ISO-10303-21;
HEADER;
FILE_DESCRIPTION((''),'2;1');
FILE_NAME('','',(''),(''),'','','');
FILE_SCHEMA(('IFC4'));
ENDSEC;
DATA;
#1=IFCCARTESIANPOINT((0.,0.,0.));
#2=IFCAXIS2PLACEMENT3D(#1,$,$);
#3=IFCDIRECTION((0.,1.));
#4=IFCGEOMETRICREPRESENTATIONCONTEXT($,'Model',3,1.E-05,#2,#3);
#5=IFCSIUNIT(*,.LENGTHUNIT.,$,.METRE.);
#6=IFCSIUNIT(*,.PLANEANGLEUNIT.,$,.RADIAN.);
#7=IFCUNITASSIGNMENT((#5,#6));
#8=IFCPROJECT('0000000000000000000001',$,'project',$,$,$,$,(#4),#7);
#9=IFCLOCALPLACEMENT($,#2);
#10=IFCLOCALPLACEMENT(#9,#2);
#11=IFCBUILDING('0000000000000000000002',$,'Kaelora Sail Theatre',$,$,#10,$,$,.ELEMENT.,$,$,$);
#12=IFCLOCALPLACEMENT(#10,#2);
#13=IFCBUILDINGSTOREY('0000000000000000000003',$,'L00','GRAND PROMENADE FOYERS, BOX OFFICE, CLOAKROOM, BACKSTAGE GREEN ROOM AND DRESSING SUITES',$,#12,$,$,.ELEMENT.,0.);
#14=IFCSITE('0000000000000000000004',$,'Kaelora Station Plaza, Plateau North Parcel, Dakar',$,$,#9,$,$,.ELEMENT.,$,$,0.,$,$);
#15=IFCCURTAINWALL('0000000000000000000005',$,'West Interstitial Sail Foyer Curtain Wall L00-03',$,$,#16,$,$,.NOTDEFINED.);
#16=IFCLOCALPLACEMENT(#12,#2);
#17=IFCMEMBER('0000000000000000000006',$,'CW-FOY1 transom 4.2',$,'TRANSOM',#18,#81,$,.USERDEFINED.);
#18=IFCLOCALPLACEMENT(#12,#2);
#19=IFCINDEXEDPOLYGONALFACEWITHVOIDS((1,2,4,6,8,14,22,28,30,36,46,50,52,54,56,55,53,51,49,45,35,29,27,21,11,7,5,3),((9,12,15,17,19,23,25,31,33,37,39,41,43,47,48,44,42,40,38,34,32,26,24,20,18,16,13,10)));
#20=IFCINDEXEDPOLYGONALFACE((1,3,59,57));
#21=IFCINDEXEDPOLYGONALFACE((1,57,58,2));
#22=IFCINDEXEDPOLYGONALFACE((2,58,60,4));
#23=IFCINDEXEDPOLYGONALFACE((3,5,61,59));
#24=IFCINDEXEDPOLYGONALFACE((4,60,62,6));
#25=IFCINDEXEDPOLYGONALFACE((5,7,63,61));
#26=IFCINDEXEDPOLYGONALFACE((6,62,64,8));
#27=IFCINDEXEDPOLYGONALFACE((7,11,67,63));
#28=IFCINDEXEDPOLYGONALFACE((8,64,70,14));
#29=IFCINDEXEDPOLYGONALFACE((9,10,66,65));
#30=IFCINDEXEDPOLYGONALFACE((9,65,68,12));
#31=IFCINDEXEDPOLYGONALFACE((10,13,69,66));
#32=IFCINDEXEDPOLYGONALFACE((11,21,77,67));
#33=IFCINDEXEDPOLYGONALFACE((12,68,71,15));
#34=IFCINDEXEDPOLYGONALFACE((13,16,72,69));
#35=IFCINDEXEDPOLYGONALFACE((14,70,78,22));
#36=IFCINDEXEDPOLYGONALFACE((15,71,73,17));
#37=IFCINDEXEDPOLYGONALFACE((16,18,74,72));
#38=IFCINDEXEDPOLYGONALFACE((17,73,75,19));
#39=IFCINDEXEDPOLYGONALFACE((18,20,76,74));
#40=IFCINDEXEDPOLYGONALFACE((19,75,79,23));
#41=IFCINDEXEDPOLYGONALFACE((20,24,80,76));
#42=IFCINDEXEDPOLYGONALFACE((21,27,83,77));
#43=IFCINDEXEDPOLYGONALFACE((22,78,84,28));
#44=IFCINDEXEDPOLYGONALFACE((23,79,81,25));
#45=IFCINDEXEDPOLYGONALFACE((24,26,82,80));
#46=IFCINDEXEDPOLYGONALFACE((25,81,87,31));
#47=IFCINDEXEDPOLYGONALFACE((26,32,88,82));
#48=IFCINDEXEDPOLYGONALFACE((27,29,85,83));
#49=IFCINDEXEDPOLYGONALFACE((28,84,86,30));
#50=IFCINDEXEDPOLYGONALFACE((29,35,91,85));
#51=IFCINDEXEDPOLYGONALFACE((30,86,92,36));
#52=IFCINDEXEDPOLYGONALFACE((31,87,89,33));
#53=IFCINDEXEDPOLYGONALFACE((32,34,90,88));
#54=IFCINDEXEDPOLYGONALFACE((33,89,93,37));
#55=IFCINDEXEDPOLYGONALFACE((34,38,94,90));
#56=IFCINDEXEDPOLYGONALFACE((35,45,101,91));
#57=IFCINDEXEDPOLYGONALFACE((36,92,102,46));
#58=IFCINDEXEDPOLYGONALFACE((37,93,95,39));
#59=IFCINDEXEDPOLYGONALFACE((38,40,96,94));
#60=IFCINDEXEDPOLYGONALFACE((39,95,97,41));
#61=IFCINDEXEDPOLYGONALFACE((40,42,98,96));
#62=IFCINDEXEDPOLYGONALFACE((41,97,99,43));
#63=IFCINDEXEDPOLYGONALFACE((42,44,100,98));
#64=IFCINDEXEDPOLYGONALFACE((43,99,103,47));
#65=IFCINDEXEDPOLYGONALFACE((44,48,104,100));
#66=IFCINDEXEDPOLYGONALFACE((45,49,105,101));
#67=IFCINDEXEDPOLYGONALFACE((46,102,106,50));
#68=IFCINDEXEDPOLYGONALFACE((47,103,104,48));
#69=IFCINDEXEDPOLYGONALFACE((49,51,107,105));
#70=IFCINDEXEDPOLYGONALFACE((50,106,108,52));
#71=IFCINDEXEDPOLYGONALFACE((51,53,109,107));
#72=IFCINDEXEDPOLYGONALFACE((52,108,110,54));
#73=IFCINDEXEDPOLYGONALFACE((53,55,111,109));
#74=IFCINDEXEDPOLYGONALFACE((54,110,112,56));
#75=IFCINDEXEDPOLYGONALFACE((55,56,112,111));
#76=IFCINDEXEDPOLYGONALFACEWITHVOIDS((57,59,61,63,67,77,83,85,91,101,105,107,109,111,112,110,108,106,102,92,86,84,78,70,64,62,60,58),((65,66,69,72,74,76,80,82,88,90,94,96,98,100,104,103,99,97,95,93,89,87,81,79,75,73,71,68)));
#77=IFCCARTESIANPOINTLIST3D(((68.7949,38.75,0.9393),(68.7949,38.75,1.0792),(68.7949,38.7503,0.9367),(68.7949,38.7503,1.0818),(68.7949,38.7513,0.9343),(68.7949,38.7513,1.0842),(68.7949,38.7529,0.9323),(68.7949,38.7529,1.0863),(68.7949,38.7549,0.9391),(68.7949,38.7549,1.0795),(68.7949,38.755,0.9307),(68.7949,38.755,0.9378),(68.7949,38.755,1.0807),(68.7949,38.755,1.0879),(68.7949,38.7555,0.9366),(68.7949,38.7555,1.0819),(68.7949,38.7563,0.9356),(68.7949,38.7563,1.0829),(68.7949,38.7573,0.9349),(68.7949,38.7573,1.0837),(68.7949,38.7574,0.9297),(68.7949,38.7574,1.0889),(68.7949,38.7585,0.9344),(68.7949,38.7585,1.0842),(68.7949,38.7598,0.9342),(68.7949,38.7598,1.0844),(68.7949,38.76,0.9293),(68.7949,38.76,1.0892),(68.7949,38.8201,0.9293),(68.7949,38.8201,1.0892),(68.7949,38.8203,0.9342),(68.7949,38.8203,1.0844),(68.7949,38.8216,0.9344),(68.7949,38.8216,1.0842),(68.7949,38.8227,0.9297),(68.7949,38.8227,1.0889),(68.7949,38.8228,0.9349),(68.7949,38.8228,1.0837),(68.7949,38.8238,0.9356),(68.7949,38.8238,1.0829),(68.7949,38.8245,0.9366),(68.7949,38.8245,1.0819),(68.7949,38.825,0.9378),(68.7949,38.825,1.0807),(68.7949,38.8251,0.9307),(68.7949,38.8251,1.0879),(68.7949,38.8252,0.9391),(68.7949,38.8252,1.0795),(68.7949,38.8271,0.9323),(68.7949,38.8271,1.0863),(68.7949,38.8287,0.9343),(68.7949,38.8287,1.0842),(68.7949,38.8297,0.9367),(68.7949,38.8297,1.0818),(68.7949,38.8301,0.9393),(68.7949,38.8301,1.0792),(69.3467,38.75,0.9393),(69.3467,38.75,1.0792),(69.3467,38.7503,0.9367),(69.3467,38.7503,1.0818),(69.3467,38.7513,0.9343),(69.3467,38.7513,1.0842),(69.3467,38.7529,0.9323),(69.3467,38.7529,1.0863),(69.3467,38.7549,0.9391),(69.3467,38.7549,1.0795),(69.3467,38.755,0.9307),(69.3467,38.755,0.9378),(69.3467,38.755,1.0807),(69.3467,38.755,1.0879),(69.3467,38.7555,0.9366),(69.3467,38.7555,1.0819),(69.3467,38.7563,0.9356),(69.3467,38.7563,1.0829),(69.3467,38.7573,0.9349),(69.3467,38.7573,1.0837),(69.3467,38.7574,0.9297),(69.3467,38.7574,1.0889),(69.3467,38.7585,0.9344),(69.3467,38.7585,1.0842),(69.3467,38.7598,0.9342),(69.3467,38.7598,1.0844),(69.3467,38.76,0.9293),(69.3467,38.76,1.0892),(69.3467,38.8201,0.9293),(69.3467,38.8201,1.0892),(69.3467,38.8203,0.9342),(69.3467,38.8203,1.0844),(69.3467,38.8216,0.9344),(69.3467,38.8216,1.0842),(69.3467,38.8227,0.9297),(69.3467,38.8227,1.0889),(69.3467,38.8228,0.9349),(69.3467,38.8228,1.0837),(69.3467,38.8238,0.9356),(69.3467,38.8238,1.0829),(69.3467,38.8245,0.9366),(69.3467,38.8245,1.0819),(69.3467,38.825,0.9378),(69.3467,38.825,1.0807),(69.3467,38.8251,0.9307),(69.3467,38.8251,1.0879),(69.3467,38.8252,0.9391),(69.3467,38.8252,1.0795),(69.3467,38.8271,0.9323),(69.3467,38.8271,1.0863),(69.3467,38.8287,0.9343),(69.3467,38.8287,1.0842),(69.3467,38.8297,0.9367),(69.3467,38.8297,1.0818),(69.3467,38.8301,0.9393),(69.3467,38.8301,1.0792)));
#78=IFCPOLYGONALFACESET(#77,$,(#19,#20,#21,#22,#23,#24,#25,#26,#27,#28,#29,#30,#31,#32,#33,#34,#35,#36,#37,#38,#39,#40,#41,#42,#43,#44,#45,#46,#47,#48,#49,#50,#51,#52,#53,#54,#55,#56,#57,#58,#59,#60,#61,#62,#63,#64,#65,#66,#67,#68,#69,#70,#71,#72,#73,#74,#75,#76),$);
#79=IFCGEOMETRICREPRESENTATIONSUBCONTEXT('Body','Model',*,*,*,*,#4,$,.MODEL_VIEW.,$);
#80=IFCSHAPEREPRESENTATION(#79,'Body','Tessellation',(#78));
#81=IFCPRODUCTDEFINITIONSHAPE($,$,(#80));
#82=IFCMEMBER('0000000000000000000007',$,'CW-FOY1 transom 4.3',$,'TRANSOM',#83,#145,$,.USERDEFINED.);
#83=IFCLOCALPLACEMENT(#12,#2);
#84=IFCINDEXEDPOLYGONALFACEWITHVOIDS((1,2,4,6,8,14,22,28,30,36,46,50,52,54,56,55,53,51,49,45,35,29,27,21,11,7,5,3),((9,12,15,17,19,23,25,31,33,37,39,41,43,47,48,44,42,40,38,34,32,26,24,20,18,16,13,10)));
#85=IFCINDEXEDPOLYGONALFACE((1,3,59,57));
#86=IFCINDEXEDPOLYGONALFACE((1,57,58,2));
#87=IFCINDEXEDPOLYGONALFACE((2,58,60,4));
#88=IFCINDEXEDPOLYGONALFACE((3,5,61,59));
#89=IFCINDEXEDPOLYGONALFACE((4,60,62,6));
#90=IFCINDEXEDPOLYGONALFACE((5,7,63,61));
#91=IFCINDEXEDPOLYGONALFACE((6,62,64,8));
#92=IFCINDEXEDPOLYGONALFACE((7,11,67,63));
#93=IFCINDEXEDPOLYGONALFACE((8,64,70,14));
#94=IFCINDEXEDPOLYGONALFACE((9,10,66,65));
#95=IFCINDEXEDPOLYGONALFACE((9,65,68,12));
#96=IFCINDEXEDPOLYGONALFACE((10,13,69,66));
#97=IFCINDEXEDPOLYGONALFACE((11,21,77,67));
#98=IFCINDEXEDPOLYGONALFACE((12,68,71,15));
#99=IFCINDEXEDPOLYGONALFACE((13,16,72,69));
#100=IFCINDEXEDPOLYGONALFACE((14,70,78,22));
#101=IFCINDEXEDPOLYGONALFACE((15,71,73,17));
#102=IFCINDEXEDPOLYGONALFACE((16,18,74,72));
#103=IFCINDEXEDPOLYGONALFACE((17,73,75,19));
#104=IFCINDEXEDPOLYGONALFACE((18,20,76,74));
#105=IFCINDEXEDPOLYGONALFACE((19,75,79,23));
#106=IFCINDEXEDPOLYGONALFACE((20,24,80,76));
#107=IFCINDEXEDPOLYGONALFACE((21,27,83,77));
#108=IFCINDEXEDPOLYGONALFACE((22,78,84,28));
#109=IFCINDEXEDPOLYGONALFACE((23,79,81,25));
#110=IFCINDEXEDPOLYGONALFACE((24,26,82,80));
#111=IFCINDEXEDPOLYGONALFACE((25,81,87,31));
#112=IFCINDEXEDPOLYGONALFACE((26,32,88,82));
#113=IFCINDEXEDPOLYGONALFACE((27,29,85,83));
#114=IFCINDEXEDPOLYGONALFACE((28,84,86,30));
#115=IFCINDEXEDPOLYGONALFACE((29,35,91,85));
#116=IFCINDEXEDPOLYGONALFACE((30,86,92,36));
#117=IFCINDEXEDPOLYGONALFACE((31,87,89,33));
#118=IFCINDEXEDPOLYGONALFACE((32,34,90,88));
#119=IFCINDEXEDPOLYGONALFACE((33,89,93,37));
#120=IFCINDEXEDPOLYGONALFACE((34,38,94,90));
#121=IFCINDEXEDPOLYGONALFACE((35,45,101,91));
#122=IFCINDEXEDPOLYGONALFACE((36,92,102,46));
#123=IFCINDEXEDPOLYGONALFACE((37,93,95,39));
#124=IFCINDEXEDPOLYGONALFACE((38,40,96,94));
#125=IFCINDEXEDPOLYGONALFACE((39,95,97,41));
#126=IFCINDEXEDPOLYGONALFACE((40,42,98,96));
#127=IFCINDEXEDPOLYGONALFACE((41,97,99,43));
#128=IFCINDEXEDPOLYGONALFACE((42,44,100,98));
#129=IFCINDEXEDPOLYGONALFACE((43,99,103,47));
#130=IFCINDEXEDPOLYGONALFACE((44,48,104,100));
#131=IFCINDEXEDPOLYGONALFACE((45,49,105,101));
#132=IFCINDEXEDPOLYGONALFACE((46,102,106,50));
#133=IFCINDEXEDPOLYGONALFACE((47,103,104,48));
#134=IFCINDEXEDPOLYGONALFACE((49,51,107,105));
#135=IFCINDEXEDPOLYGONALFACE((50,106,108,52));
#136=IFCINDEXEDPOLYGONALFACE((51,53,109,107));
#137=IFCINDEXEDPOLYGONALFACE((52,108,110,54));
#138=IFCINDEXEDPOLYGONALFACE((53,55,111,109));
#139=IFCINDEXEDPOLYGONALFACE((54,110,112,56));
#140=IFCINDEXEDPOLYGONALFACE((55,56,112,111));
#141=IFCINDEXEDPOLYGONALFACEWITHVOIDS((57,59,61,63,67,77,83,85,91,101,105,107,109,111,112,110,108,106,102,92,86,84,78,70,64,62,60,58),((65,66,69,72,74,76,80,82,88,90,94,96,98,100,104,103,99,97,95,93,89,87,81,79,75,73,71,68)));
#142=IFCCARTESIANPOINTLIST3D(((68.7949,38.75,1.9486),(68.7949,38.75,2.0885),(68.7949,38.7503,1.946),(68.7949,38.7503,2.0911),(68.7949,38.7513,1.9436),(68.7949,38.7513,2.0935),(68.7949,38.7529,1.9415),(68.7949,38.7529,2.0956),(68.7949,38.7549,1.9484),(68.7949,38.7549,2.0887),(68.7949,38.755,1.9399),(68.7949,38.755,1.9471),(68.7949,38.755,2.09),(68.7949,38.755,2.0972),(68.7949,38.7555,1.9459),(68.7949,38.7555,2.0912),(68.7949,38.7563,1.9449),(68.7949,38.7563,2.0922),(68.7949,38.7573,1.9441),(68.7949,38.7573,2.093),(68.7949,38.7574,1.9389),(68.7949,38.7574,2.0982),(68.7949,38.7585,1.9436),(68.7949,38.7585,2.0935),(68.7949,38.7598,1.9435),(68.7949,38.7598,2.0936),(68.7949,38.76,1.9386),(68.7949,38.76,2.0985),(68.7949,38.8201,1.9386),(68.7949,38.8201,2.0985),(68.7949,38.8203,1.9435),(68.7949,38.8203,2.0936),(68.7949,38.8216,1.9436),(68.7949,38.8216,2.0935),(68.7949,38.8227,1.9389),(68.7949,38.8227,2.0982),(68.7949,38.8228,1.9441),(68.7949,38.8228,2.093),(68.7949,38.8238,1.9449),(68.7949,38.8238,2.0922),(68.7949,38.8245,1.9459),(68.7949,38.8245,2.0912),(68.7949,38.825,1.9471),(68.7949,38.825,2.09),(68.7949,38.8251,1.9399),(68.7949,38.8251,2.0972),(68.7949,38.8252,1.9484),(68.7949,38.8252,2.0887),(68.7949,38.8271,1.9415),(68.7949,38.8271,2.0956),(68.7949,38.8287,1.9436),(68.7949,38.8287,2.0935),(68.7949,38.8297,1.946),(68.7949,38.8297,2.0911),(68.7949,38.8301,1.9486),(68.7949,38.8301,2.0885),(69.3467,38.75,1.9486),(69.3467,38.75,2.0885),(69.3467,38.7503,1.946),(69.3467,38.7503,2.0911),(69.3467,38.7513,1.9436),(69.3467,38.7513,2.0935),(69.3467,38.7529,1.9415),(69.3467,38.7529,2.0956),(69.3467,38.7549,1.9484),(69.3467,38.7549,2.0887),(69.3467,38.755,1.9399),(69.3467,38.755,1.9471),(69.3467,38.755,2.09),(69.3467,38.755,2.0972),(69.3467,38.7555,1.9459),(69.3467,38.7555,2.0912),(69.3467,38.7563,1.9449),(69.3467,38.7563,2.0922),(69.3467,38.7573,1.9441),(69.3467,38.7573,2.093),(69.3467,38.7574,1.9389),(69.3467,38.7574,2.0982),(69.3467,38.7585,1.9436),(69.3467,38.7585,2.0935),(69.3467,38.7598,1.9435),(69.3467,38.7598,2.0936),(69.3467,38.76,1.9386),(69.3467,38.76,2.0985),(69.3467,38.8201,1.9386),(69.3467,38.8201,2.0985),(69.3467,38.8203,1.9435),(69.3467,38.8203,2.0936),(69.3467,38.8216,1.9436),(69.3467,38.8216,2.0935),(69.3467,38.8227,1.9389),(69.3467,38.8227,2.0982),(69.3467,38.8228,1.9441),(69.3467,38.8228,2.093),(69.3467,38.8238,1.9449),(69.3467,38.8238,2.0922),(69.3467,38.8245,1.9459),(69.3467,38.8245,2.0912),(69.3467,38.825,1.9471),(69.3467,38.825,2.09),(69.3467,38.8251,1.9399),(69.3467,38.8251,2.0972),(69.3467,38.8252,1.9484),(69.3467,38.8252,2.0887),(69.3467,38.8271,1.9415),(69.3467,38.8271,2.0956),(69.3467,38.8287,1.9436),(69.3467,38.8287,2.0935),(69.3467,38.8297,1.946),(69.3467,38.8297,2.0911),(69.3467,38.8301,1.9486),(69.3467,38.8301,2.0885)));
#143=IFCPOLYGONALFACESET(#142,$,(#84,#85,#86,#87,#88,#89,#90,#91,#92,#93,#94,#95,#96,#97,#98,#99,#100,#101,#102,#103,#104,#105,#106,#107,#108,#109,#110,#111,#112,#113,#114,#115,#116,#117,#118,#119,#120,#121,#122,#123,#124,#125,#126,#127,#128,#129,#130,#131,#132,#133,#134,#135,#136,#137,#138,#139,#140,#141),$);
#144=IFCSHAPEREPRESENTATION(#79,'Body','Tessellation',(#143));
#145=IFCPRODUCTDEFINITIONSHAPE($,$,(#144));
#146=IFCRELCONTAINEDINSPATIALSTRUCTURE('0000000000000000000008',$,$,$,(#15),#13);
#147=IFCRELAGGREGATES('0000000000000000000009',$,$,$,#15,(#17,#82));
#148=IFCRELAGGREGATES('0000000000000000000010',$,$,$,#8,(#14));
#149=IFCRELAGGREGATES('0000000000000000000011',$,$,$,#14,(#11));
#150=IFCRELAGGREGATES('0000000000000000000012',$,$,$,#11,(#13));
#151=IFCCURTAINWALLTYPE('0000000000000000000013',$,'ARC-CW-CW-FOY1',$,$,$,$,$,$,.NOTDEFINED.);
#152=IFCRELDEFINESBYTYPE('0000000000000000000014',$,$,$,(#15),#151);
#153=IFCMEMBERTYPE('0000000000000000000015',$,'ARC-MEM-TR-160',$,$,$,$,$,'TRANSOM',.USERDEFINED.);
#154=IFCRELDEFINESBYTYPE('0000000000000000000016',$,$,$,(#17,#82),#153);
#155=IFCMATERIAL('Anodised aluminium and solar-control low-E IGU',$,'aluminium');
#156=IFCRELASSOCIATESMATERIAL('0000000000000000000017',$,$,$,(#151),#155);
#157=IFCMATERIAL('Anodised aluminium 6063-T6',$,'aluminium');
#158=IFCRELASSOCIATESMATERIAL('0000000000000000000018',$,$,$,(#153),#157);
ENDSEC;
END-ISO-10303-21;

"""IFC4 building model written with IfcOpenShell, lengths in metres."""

from ifc_helpers import new_model, si_unit, direction, frame, origin, origin_2d, place, context, subcontext, project, spatial, hollow_rectangle, extrude, material, material_profile, profile_set, type_object, element, aggregate, save


model = new_model("IFC4")

# Units and contexts
model_context = context("Model", 3, precision=1e-05, world=origin(), true_north=direction((0.0, 1.0)))
body_context = subcontext(model_context, "Body", "Model", "MODEL_VIEW")
ifc_project = project(units=[si_unit("LENGTHUNIT", "METRE"), si_unit("PLANEANGLEUNIT", "RADIAN")], contexts=[model_context])

# Site, building, storey
site_placement = place(None, origin())
site = spatial("IfcSite", under=ifc_project, at=site_placement, Name="Kaelora Station Plaza, Plateau North Parcel, Dakar", CompositionType="ELEMENT", RefElevation=0.0)
building_placement = place(site_placement, origin())
building = spatial("IfcBuilding", under=site, at=building_placement, Name="Kaelora Sail Theatre", CompositionType="ELEMENT")
storey_placement = place(building_placement, origin())
storey = spatial("IfcBuildingStorey", under=building, at=storey_placement, Name="L00", Description="GRAND PROMENADE FOYERS, BOX OFFICE, CLOAKROOM, BACKSTAGE GREEN ROOM AND DRESSING SUITES", CompositionType="ELEMENT", Elevation=0.0)

# Curtain wall
ifc_material_1 = material(Name="Anodised aluminium and solar-control low-E IGU", Category="aluminium")
curtain_wall_type = type_object("IfcCurtainWallType", Name="ARC-CW-CW-FOY1", PredefinedType="NOTDEFINED", material=ifc_material_1)
curtain_wall_placement = place(storey_placement, origin())
curtain_wall = element("IfcCurtainWall", 1, at=curtain_wall_placement, inside=storey, type_object=curtain_wall_type, Name="West Interstitial Sail Foyer Curtain Wall L00-03", PredefinedType="NOTDEFINED")

# Members
ifc_material_2 = material(Name="Anodised aluminium 6063-T6", Category="aluminium")
ifc_material_profile_1 = material_profile(ifc_material_2, hollow_rectangle(XDim=0.0801, YDim=0.1599, WallThickness=0.0049, InnerFilletRadius=0.0049, OuterFilletRadius=0.01, at=origin_2d()), Name="ALU-TRAN 80x160x5")
ifc_profile_set_1 = profile_set([ifc_material_profile_1], Name="Anodised aluminium 6063-T6")
member_type_1 = type_object("IfcMemberType", Name="ARC-MEM-TR-160", ElementType="TRANSOM", PredefinedType="USERDEFINED", material=ifc_profile_set_1)
member_1_placement = place(storey_placement, frame((68.7949, 38.79, 1.0093), z_axis=(1.0, 0.0, 0.0), x_axis=(0.0, 1.0, 0.0)))
member_1 = element("IfcMember", 2, at=member_1_placement, type_object=member_type_1, Name="CW-FOY1 transom 4.2", ObjectType="TRANSOM", PredefinedType="USERDEFINED", context=body_context, shape_type="SweptSolid", body=[
    extrude(hollow_rectangle(XDim=0.0801, YDim=0.1599, WallThickness=0.0049, InnerFilletRadius=0.0049, OuterFilletRadius=0.01, at=origin_2d()), origin(), (0.0, 0.0, 1.0), 0.5518),
])
member_2_placement = place(storey_placement, frame((68.7949, 38.79, 2.0186), z_axis=(1.0, 0.0, 0.0), x_axis=(0.0, 1.0, 0.0)))
member_2 = element("IfcMember", 3, at=member_2_placement, type_object=member_type_1, Name="CW-FOY1 transom 4.3", ObjectType="TRANSOM", PredefinedType="USERDEFINED", context=body_context, shape_type="SweptSolid", body=[
    extrude(hollow_rectangle(XDim=0.0801, YDim=0.1599, WallThickness=0.0049, InnerFilletRadius=0.0049, OuterFilletRadius=0.01, at=origin_2d()), origin(), (0.0, 0.0, 1.0), 0.5518),
])

aggregate(curtain_wall, [member_1, member_2])

save(model, "model.ifc")
